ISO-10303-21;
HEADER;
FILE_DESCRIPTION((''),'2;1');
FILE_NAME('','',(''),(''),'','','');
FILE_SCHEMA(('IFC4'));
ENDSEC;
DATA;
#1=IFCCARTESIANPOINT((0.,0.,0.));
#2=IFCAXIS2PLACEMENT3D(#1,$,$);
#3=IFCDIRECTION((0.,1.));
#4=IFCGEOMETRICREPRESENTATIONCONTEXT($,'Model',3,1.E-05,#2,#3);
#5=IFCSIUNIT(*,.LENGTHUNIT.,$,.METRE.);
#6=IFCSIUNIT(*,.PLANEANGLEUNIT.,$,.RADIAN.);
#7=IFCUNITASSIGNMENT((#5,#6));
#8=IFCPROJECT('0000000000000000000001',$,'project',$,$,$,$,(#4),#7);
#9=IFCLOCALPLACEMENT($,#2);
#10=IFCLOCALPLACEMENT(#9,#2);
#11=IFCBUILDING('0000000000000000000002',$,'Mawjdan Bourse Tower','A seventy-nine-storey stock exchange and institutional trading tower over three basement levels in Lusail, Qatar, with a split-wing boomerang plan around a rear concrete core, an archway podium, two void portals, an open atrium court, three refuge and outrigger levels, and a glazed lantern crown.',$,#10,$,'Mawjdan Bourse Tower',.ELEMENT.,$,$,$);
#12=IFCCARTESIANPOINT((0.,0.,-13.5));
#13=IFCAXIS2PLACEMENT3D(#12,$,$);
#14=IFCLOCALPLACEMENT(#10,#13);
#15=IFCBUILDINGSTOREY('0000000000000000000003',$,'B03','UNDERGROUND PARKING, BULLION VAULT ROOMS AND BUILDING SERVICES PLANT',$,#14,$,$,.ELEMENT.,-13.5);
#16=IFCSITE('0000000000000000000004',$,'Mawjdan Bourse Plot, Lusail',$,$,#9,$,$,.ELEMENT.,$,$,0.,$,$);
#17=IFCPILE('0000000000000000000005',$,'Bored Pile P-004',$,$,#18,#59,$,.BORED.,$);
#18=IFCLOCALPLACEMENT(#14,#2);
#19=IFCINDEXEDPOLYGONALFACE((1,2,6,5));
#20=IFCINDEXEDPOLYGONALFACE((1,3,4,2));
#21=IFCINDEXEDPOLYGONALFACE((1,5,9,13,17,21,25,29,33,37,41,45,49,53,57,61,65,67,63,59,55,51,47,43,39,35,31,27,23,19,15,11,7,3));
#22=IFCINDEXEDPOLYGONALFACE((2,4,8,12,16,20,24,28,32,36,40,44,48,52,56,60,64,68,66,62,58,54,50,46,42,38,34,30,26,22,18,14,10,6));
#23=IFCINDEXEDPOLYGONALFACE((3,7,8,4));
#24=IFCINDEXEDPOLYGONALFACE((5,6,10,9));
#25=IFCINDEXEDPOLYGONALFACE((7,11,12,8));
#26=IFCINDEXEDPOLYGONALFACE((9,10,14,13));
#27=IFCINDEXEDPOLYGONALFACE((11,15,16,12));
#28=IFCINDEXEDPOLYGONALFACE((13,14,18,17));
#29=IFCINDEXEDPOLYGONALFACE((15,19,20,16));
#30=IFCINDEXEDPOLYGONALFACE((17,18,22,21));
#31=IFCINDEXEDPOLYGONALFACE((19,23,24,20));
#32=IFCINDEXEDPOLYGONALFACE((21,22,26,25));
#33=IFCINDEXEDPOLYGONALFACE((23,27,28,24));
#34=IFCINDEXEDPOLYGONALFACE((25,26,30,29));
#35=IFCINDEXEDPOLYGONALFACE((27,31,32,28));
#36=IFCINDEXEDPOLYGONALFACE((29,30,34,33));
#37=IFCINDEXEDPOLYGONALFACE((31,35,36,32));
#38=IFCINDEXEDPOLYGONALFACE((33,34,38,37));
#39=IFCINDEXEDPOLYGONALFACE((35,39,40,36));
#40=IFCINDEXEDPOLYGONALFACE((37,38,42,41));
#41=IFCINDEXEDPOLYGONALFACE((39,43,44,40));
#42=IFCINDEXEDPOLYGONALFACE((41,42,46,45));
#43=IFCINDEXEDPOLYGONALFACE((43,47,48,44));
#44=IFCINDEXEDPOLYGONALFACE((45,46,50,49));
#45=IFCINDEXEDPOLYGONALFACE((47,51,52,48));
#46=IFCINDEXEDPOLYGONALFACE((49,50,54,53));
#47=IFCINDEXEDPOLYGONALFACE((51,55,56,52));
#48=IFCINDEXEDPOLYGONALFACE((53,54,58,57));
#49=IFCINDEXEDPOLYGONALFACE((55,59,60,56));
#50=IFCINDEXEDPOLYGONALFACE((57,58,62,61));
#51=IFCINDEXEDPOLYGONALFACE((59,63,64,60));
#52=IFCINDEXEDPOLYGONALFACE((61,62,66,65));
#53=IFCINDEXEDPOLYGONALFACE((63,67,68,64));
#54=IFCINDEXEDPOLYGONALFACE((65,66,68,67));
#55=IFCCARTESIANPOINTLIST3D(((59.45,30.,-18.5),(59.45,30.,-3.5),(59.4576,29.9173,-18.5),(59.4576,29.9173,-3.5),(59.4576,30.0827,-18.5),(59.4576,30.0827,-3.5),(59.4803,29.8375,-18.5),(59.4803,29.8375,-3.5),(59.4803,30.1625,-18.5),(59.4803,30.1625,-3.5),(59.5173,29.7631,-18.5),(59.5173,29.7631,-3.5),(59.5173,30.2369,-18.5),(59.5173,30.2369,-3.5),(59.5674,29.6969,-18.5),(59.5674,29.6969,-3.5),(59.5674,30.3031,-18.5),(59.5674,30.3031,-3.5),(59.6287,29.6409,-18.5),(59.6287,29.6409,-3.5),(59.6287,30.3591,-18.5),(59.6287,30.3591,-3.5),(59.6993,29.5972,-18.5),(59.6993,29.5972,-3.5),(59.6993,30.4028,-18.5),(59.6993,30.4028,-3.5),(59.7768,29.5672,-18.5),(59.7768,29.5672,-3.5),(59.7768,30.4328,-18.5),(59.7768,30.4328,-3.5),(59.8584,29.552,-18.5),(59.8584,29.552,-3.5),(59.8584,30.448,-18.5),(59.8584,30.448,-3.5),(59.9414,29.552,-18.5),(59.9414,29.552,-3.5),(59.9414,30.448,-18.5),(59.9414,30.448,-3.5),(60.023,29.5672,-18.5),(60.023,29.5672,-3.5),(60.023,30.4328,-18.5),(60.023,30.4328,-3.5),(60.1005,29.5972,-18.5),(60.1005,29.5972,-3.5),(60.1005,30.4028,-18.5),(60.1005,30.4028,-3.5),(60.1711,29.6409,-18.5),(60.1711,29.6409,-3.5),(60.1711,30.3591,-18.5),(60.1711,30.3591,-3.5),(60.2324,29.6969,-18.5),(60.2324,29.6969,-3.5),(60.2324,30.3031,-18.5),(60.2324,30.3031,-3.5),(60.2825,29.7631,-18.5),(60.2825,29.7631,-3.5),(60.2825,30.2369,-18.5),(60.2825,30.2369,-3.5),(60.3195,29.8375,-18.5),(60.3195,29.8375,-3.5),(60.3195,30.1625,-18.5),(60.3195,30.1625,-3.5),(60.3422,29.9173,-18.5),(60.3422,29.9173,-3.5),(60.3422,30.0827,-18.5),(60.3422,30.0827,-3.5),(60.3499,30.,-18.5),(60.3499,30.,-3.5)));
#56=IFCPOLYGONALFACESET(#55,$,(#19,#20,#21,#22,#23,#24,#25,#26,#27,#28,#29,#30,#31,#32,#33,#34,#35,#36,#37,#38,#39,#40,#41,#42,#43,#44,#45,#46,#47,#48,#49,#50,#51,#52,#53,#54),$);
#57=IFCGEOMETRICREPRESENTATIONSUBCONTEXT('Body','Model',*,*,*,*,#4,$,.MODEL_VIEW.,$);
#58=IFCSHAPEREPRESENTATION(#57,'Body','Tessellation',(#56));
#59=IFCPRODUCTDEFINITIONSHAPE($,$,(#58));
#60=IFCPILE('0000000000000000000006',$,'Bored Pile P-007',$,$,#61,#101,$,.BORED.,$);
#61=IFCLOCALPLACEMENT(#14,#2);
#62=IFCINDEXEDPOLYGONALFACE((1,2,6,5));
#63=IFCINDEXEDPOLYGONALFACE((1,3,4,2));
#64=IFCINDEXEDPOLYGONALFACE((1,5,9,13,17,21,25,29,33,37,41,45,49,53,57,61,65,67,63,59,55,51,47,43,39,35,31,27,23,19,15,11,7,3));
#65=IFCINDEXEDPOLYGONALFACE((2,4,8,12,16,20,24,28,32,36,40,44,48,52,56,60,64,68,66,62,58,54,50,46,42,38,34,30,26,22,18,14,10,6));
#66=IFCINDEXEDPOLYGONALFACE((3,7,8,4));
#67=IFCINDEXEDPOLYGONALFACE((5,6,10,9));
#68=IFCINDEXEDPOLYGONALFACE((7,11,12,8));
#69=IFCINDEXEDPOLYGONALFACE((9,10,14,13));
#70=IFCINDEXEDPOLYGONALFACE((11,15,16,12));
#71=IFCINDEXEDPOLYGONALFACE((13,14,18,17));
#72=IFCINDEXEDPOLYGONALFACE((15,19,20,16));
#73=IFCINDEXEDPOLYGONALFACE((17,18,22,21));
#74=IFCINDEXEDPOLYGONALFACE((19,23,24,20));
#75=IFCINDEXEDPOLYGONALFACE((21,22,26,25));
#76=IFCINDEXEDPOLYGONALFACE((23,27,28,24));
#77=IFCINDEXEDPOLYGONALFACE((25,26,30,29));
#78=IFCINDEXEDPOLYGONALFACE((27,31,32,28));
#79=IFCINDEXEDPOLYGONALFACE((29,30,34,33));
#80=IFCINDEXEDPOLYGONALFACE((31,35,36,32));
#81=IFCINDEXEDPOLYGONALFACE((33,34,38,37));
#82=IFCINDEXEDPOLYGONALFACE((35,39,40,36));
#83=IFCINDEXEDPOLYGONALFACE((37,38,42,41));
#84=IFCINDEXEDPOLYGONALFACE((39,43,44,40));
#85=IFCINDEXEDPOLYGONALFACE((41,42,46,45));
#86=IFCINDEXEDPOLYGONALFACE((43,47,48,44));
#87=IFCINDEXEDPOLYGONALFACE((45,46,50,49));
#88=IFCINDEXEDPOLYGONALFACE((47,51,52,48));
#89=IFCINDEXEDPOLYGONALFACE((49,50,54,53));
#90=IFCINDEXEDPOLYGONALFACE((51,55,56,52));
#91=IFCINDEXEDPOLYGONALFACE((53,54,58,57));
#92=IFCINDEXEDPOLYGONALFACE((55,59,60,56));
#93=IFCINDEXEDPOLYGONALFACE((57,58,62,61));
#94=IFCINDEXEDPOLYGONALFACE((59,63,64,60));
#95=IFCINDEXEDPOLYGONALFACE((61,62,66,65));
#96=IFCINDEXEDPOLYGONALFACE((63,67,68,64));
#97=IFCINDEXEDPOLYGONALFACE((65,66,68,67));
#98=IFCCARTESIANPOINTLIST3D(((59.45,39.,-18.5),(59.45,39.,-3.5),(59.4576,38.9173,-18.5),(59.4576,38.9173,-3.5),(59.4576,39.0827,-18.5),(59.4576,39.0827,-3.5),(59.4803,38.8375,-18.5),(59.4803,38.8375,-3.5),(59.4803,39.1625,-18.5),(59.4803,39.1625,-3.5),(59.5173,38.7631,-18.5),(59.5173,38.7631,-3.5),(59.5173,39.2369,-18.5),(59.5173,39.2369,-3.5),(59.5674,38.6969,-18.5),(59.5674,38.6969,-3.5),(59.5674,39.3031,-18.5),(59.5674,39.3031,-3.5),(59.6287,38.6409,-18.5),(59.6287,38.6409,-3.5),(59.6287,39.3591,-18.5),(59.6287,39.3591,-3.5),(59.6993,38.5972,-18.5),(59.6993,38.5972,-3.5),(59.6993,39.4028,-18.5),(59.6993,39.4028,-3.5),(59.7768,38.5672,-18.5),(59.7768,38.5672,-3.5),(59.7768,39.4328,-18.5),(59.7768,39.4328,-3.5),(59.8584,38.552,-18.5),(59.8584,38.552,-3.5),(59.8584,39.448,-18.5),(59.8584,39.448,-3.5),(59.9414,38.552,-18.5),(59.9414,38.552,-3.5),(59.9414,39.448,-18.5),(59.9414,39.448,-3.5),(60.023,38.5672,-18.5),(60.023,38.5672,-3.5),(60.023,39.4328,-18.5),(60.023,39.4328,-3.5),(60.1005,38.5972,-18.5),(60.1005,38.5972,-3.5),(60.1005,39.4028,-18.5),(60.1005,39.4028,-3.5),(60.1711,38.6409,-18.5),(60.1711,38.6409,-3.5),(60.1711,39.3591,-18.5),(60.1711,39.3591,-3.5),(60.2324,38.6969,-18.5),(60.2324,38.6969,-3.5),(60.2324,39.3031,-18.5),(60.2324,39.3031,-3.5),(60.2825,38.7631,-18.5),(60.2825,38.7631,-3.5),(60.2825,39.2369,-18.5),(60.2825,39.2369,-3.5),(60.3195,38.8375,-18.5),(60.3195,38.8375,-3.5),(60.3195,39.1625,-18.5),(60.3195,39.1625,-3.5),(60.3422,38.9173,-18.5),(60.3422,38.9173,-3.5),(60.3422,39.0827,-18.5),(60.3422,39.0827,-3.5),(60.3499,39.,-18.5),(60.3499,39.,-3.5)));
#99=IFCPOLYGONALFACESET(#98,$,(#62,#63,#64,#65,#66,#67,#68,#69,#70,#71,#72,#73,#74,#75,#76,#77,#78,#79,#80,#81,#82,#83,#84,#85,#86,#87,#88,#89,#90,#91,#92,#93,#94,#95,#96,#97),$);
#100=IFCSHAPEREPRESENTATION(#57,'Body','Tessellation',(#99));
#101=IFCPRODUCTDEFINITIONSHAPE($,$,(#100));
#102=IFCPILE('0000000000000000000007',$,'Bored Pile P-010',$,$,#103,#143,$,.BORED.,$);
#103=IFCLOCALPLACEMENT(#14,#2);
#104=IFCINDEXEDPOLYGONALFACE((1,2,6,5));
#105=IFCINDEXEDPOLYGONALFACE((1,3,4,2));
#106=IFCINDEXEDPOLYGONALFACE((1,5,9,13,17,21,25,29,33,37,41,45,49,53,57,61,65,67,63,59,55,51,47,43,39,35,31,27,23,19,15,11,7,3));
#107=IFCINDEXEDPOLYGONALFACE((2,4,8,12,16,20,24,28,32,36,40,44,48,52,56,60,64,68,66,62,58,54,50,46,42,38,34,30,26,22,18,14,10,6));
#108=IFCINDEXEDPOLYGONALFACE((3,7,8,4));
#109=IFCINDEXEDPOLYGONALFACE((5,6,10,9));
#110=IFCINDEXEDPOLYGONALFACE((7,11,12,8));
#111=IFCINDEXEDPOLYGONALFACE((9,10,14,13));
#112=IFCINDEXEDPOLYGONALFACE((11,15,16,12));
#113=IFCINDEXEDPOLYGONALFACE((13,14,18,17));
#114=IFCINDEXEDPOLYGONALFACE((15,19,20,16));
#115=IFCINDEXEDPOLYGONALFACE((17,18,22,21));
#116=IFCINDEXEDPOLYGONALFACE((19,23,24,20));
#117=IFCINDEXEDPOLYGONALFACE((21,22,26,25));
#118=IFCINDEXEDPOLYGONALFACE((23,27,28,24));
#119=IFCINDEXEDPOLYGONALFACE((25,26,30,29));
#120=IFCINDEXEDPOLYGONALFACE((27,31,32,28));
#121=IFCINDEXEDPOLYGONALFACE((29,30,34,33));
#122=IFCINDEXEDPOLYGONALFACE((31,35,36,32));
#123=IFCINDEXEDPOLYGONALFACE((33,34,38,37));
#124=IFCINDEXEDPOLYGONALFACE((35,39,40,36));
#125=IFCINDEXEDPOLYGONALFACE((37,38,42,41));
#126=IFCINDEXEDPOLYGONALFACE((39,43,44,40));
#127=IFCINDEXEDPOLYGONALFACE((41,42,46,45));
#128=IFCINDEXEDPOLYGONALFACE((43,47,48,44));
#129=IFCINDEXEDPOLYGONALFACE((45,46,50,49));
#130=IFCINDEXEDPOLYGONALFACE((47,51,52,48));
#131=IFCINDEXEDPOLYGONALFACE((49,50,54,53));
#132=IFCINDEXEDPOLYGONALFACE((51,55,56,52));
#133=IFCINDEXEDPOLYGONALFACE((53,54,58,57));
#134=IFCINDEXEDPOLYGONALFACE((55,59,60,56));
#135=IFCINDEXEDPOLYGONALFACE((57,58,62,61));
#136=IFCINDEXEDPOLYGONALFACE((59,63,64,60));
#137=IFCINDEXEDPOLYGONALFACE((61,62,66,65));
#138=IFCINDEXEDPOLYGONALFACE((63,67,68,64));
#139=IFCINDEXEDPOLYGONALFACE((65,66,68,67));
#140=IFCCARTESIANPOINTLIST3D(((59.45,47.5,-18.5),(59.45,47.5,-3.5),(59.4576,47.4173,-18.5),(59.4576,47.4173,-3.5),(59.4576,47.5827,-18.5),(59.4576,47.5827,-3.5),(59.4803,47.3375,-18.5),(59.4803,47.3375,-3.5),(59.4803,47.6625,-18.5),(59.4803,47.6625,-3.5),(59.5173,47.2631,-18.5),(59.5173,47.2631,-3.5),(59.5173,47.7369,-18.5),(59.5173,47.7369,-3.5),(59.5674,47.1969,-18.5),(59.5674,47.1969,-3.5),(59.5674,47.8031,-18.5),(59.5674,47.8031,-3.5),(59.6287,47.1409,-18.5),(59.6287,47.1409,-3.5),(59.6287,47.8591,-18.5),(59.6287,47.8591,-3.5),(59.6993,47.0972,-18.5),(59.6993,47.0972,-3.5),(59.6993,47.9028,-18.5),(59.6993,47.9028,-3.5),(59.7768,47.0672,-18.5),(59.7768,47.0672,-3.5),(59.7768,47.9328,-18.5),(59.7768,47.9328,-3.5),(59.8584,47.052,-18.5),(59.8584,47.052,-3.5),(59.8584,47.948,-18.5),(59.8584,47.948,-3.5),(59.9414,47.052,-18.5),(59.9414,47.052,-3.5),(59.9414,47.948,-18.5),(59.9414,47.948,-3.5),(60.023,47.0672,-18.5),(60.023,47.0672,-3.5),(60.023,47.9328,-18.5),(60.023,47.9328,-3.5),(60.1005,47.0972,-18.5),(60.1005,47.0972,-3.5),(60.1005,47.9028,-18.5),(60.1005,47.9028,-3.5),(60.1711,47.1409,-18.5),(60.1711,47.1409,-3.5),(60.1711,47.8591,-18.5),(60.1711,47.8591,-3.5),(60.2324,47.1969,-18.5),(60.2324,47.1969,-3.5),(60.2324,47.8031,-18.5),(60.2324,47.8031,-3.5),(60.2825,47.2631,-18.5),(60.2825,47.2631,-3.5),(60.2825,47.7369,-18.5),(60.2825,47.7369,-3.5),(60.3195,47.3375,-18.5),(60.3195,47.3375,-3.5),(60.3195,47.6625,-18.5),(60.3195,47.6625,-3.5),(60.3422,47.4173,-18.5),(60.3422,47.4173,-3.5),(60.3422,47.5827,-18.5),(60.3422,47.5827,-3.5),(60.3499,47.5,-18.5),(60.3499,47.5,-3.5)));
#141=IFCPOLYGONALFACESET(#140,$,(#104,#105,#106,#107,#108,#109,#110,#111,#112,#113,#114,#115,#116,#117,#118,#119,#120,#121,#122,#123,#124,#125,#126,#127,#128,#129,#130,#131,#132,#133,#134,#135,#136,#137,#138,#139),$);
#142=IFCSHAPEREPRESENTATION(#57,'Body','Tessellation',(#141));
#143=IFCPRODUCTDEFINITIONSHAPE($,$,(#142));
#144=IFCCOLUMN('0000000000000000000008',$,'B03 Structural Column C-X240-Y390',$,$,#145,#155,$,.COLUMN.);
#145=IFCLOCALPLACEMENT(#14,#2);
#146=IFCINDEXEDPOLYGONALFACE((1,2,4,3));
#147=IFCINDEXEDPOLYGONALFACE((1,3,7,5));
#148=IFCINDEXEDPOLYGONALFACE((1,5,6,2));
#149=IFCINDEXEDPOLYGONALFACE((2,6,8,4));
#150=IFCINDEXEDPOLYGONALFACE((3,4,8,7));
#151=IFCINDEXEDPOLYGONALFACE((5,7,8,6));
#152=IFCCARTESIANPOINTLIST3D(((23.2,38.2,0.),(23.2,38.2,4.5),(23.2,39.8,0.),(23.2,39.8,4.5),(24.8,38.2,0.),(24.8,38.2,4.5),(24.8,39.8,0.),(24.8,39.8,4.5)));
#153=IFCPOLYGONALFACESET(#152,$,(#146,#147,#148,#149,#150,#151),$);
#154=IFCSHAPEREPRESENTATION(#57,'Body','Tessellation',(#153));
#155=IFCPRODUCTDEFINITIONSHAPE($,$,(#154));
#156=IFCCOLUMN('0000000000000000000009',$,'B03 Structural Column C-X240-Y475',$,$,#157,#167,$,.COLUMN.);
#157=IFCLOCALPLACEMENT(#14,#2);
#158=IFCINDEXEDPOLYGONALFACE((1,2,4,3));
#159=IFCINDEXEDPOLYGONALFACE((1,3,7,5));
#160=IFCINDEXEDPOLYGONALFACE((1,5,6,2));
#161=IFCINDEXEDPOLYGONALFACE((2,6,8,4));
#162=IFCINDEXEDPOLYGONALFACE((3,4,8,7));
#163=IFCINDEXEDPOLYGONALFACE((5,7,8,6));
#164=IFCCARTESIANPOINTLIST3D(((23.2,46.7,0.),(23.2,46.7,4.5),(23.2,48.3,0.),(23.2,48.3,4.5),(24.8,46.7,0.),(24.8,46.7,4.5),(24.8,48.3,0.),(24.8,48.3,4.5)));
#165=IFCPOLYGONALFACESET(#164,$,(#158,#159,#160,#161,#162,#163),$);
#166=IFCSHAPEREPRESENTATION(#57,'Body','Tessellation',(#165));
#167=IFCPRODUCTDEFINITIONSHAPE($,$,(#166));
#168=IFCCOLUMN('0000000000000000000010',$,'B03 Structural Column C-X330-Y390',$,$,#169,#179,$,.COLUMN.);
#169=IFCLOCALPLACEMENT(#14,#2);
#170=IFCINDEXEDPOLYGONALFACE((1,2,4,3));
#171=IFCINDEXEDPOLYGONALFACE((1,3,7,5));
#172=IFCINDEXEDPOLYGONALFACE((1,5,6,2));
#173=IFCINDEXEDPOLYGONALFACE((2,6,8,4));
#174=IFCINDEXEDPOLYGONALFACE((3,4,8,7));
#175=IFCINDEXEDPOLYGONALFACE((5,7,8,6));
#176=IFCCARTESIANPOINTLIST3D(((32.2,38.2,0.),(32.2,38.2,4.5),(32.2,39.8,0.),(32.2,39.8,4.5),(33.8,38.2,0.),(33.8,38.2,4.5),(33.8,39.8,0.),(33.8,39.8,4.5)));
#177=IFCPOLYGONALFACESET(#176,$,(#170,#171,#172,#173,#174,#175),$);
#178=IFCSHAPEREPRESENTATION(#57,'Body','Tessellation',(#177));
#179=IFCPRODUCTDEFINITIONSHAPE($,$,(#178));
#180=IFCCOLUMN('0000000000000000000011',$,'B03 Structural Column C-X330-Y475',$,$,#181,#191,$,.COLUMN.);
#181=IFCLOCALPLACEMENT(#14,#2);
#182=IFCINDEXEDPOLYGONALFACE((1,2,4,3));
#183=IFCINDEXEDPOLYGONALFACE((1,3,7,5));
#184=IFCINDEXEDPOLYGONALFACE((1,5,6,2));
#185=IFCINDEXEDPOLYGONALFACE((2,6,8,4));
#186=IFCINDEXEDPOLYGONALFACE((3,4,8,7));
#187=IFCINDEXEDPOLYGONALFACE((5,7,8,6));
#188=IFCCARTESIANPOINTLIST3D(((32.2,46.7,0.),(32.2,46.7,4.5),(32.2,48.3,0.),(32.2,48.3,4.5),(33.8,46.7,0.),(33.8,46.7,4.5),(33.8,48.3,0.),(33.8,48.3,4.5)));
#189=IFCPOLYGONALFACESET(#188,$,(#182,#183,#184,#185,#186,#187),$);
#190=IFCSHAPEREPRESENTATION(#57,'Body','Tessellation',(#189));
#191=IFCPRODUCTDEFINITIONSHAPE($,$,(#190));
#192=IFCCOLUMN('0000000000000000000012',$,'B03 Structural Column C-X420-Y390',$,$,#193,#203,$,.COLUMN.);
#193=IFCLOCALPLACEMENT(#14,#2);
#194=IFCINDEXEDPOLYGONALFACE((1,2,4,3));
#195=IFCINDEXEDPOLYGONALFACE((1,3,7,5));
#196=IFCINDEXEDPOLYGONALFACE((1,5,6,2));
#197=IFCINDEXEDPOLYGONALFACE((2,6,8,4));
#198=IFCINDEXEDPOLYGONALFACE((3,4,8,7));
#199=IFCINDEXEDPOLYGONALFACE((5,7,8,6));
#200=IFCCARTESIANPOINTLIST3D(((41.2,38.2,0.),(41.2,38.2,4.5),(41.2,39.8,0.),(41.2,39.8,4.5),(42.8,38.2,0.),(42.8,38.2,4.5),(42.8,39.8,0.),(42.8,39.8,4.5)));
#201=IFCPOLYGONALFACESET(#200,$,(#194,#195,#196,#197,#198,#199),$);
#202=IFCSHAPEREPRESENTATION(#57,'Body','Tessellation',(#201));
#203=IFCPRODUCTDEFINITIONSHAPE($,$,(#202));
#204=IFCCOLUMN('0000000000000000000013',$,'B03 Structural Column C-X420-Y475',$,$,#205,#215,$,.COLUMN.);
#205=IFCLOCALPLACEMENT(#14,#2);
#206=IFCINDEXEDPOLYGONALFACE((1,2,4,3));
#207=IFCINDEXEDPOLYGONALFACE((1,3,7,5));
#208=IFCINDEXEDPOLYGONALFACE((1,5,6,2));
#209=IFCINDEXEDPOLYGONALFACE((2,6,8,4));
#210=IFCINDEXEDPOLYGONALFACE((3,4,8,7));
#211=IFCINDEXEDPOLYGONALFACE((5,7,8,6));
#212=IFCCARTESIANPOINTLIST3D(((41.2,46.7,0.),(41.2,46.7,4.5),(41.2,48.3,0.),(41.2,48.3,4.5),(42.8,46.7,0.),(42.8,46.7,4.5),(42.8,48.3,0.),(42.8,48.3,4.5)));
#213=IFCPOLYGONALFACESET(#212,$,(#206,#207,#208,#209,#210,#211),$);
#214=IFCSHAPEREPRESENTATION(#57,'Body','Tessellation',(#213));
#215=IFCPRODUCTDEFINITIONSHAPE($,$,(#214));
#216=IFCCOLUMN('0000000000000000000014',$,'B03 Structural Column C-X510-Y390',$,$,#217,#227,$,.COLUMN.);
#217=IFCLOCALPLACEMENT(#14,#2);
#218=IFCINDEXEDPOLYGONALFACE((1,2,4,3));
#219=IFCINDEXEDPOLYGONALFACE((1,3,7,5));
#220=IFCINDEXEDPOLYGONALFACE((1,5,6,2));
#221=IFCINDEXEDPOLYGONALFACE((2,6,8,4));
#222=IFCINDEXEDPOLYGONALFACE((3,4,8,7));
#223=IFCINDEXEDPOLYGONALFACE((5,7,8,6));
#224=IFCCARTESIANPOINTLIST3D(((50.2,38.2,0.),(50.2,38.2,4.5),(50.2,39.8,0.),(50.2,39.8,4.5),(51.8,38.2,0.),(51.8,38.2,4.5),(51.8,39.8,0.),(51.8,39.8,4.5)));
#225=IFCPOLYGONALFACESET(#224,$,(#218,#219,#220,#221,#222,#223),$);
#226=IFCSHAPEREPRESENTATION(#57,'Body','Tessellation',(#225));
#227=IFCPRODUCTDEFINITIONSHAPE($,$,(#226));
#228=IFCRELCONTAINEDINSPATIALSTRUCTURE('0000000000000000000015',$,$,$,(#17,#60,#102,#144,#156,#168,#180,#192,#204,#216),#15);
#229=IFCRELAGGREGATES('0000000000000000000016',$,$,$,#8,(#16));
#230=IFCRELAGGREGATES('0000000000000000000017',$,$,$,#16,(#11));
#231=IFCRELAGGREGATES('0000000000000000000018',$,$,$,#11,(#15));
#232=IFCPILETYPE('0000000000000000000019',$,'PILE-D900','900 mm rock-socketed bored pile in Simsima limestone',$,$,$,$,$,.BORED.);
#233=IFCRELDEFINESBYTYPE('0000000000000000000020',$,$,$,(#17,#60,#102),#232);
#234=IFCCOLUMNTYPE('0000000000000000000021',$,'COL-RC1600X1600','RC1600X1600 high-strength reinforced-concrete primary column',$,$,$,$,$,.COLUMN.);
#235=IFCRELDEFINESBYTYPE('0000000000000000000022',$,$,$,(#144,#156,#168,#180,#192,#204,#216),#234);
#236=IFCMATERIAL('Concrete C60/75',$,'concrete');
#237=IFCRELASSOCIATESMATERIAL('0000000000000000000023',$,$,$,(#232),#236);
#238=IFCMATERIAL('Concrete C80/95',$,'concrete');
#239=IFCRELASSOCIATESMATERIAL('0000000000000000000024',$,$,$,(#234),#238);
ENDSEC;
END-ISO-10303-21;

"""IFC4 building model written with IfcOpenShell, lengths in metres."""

from ifc_helpers import new_model, si_unit, direction, frame, origin, origin_2d, place, context, subcontext, project, spatial, rectangle, circle, extrude, material, material_profile, profile_set, type_object, element, save


model = new_model("IFC4")

# Units and contexts
model_context = context("Model", 3, precision=1e-05, world=origin(), true_north=direction((0.0, 1.0)))
body_context = subcontext(model_context, "Body", "Model", "MODEL_VIEW")
ifc_project = project(units=[si_unit("LENGTHUNIT", "METRE"), si_unit("PLANEANGLEUNIT", "RADIAN")], contexts=[model_context])

# Site, building, storey
site_placement = place(None, origin())
site = spatial("IfcSite", under=ifc_project, at=site_placement, Name="Mawjdan Bourse Plot, Lusail", CompositionType="ELEMENT", RefElevation=0.0)
building_placement = place(site_placement, origin())
building = spatial("IfcBuilding", under=site, at=building_placement, Name="Mawjdan Bourse Tower", Description="A seventy-nine-storey stock exchange and institutional trading tower over three basement levels in Lusail, Qatar, with a split-wing boomerang plan around a rear concrete core, an archway podium, two void portals, an open atrium court, three refuge and outrigger levels, and a glazed lantern crown.", LongName="Mawjdan Bourse Tower", CompositionType="ELEMENT")
storey_placement = place(building_placement, frame((0.0, 0.0, -13.5)))
storey = spatial("IfcBuildingStorey", under=building, at=storey_placement, Name="B03", Description="UNDERGROUND PARKING, BULLION VAULT ROOMS AND BUILDING SERVICES PLANT", CompositionType="ELEMENT", Elevation=-13.5)

# Piles
ifc_material_1 = material(Name="Concrete C60/75", Category="concrete")
ifc_material_profile_1 = material_profile(ifc_material_1, circle(Radius=0.45, at=origin_2d()), Name="PILE-D900")
ifc_profile_set_1 = profile_set([ifc_material_profile_1], Name="Concrete C60/75")
pile_type_1 = type_object("IfcPileType", Name="PILE-D900", Description="900 mm rock-socketed bored pile in Simsima limestone", PredefinedType="BORED", material=ifc_profile_set_1)
for number, where, z_axis, x_axis, name in (
    (1, (59.8999, 30.0, -3.5), (0.0, 0.0, -1.0), (1.0, 0.0, 0.0), "Bored Pile P-004"),
    (2, (59.8999, 39.0, -3.5), (0.0, 0.0, -1.0), (1.0, 0.0, 0.0), "Bored Pile P-007"),
    (3, (59.8999, 47.5, -3.5), (0.0, 0.0, -1.0), (1.0, 0.0, 0.0), "Bored Pile P-010"),
):
    element("IfcPile", number, at=place(storey_placement, frame(where, z_axis=z_axis, x_axis=x_axis)), inside=storey, type_object=pile_type_1, Name=name, PredefinedType="BORED", context=body_context, shape_type="SweptSolid", body=[
        extrude(circle(Radius=0.45, at=origin_2d()), origin(), (0.0, 0.0, 1.0), 15.0),
    ])

# Columns
ifc_material_2 = material(Name="Concrete C80/95", Category="concrete")
ifc_material_profile_2 = material_profile(ifc_material_2, rectangle(XDim=1.6001, YDim=1.6001, at=origin_2d()), Name="RC1600X1600")
ifc_profile_set_2 = profile_set([ifc_material_profile_2], Name="Concrete C80/95")
column_type_1 = type_object("IfcColumnType", Name="COL-RC1600X1600", Description="RC1600X1600 high-strength reinforced-concrete primary column", PredefinedType="COLUMN", material=ifc_profile_set_2)
for number, where, z_axis, x_axis, name in (
    (4, (24.0, 39.0, 0.0), (0.0, 0.0, 1.0), (1.0, 0.0, 0.0), "B03 Structural Column C-X240-Y390"),
    (5, (24.0, 47.5, 0.0), (0.0, 0.0, 1.0), (1.0, 0.0, 0.0), "B03 Structural Column C-X240-Y475"),
    (6, (33.0, 39.0, 0.0), (0.0, 0.0, 1.0), (1.0, 0.0, 0.0), "B03 Structural Column C-X330-Y390"),
    (7, (33.0, 47.5, 0.0), (0.0, 0.0, 1.0), (1.0, 0.0, 0.0), "B03 Structural Column C-X330-Y475"),
    (8, (42.0, 39.0, 0.0), (0.0, 0.0, 1.0), (1.0, 0.0, 0.0), "B03 Structural Column C-X420-Y390"),
    (9, (42.0, 47.5, 0.0), (0.0, 0.0, 1.0), (1.0, 0.0, 0.0), "B03 Structural Column C-X420-Y475"),
    (10, (51.0, 39.0, 0.0), (0.0, 0.0, 1.0), (1.0, 0.0, 0.0), "B03 Structural Column C-X510-Y390"),
):
    element("IfcColumn", number, at=place(storey_placement, frame(where, z_axis=z_axis, x_axis=x_axis)), inside=storey, type_object=column_type_1, Name=name, PredefinedType="COLUMN", context=body_context, shape_type="SweptSolid", body=[
        extrude(rectangle(XDim=1.6001, YDim=1.6001, at=origin_2d()), origin(), (0.0, 0.0, 1.0), 4.5),
    ])

save(model, "model.ifc")
